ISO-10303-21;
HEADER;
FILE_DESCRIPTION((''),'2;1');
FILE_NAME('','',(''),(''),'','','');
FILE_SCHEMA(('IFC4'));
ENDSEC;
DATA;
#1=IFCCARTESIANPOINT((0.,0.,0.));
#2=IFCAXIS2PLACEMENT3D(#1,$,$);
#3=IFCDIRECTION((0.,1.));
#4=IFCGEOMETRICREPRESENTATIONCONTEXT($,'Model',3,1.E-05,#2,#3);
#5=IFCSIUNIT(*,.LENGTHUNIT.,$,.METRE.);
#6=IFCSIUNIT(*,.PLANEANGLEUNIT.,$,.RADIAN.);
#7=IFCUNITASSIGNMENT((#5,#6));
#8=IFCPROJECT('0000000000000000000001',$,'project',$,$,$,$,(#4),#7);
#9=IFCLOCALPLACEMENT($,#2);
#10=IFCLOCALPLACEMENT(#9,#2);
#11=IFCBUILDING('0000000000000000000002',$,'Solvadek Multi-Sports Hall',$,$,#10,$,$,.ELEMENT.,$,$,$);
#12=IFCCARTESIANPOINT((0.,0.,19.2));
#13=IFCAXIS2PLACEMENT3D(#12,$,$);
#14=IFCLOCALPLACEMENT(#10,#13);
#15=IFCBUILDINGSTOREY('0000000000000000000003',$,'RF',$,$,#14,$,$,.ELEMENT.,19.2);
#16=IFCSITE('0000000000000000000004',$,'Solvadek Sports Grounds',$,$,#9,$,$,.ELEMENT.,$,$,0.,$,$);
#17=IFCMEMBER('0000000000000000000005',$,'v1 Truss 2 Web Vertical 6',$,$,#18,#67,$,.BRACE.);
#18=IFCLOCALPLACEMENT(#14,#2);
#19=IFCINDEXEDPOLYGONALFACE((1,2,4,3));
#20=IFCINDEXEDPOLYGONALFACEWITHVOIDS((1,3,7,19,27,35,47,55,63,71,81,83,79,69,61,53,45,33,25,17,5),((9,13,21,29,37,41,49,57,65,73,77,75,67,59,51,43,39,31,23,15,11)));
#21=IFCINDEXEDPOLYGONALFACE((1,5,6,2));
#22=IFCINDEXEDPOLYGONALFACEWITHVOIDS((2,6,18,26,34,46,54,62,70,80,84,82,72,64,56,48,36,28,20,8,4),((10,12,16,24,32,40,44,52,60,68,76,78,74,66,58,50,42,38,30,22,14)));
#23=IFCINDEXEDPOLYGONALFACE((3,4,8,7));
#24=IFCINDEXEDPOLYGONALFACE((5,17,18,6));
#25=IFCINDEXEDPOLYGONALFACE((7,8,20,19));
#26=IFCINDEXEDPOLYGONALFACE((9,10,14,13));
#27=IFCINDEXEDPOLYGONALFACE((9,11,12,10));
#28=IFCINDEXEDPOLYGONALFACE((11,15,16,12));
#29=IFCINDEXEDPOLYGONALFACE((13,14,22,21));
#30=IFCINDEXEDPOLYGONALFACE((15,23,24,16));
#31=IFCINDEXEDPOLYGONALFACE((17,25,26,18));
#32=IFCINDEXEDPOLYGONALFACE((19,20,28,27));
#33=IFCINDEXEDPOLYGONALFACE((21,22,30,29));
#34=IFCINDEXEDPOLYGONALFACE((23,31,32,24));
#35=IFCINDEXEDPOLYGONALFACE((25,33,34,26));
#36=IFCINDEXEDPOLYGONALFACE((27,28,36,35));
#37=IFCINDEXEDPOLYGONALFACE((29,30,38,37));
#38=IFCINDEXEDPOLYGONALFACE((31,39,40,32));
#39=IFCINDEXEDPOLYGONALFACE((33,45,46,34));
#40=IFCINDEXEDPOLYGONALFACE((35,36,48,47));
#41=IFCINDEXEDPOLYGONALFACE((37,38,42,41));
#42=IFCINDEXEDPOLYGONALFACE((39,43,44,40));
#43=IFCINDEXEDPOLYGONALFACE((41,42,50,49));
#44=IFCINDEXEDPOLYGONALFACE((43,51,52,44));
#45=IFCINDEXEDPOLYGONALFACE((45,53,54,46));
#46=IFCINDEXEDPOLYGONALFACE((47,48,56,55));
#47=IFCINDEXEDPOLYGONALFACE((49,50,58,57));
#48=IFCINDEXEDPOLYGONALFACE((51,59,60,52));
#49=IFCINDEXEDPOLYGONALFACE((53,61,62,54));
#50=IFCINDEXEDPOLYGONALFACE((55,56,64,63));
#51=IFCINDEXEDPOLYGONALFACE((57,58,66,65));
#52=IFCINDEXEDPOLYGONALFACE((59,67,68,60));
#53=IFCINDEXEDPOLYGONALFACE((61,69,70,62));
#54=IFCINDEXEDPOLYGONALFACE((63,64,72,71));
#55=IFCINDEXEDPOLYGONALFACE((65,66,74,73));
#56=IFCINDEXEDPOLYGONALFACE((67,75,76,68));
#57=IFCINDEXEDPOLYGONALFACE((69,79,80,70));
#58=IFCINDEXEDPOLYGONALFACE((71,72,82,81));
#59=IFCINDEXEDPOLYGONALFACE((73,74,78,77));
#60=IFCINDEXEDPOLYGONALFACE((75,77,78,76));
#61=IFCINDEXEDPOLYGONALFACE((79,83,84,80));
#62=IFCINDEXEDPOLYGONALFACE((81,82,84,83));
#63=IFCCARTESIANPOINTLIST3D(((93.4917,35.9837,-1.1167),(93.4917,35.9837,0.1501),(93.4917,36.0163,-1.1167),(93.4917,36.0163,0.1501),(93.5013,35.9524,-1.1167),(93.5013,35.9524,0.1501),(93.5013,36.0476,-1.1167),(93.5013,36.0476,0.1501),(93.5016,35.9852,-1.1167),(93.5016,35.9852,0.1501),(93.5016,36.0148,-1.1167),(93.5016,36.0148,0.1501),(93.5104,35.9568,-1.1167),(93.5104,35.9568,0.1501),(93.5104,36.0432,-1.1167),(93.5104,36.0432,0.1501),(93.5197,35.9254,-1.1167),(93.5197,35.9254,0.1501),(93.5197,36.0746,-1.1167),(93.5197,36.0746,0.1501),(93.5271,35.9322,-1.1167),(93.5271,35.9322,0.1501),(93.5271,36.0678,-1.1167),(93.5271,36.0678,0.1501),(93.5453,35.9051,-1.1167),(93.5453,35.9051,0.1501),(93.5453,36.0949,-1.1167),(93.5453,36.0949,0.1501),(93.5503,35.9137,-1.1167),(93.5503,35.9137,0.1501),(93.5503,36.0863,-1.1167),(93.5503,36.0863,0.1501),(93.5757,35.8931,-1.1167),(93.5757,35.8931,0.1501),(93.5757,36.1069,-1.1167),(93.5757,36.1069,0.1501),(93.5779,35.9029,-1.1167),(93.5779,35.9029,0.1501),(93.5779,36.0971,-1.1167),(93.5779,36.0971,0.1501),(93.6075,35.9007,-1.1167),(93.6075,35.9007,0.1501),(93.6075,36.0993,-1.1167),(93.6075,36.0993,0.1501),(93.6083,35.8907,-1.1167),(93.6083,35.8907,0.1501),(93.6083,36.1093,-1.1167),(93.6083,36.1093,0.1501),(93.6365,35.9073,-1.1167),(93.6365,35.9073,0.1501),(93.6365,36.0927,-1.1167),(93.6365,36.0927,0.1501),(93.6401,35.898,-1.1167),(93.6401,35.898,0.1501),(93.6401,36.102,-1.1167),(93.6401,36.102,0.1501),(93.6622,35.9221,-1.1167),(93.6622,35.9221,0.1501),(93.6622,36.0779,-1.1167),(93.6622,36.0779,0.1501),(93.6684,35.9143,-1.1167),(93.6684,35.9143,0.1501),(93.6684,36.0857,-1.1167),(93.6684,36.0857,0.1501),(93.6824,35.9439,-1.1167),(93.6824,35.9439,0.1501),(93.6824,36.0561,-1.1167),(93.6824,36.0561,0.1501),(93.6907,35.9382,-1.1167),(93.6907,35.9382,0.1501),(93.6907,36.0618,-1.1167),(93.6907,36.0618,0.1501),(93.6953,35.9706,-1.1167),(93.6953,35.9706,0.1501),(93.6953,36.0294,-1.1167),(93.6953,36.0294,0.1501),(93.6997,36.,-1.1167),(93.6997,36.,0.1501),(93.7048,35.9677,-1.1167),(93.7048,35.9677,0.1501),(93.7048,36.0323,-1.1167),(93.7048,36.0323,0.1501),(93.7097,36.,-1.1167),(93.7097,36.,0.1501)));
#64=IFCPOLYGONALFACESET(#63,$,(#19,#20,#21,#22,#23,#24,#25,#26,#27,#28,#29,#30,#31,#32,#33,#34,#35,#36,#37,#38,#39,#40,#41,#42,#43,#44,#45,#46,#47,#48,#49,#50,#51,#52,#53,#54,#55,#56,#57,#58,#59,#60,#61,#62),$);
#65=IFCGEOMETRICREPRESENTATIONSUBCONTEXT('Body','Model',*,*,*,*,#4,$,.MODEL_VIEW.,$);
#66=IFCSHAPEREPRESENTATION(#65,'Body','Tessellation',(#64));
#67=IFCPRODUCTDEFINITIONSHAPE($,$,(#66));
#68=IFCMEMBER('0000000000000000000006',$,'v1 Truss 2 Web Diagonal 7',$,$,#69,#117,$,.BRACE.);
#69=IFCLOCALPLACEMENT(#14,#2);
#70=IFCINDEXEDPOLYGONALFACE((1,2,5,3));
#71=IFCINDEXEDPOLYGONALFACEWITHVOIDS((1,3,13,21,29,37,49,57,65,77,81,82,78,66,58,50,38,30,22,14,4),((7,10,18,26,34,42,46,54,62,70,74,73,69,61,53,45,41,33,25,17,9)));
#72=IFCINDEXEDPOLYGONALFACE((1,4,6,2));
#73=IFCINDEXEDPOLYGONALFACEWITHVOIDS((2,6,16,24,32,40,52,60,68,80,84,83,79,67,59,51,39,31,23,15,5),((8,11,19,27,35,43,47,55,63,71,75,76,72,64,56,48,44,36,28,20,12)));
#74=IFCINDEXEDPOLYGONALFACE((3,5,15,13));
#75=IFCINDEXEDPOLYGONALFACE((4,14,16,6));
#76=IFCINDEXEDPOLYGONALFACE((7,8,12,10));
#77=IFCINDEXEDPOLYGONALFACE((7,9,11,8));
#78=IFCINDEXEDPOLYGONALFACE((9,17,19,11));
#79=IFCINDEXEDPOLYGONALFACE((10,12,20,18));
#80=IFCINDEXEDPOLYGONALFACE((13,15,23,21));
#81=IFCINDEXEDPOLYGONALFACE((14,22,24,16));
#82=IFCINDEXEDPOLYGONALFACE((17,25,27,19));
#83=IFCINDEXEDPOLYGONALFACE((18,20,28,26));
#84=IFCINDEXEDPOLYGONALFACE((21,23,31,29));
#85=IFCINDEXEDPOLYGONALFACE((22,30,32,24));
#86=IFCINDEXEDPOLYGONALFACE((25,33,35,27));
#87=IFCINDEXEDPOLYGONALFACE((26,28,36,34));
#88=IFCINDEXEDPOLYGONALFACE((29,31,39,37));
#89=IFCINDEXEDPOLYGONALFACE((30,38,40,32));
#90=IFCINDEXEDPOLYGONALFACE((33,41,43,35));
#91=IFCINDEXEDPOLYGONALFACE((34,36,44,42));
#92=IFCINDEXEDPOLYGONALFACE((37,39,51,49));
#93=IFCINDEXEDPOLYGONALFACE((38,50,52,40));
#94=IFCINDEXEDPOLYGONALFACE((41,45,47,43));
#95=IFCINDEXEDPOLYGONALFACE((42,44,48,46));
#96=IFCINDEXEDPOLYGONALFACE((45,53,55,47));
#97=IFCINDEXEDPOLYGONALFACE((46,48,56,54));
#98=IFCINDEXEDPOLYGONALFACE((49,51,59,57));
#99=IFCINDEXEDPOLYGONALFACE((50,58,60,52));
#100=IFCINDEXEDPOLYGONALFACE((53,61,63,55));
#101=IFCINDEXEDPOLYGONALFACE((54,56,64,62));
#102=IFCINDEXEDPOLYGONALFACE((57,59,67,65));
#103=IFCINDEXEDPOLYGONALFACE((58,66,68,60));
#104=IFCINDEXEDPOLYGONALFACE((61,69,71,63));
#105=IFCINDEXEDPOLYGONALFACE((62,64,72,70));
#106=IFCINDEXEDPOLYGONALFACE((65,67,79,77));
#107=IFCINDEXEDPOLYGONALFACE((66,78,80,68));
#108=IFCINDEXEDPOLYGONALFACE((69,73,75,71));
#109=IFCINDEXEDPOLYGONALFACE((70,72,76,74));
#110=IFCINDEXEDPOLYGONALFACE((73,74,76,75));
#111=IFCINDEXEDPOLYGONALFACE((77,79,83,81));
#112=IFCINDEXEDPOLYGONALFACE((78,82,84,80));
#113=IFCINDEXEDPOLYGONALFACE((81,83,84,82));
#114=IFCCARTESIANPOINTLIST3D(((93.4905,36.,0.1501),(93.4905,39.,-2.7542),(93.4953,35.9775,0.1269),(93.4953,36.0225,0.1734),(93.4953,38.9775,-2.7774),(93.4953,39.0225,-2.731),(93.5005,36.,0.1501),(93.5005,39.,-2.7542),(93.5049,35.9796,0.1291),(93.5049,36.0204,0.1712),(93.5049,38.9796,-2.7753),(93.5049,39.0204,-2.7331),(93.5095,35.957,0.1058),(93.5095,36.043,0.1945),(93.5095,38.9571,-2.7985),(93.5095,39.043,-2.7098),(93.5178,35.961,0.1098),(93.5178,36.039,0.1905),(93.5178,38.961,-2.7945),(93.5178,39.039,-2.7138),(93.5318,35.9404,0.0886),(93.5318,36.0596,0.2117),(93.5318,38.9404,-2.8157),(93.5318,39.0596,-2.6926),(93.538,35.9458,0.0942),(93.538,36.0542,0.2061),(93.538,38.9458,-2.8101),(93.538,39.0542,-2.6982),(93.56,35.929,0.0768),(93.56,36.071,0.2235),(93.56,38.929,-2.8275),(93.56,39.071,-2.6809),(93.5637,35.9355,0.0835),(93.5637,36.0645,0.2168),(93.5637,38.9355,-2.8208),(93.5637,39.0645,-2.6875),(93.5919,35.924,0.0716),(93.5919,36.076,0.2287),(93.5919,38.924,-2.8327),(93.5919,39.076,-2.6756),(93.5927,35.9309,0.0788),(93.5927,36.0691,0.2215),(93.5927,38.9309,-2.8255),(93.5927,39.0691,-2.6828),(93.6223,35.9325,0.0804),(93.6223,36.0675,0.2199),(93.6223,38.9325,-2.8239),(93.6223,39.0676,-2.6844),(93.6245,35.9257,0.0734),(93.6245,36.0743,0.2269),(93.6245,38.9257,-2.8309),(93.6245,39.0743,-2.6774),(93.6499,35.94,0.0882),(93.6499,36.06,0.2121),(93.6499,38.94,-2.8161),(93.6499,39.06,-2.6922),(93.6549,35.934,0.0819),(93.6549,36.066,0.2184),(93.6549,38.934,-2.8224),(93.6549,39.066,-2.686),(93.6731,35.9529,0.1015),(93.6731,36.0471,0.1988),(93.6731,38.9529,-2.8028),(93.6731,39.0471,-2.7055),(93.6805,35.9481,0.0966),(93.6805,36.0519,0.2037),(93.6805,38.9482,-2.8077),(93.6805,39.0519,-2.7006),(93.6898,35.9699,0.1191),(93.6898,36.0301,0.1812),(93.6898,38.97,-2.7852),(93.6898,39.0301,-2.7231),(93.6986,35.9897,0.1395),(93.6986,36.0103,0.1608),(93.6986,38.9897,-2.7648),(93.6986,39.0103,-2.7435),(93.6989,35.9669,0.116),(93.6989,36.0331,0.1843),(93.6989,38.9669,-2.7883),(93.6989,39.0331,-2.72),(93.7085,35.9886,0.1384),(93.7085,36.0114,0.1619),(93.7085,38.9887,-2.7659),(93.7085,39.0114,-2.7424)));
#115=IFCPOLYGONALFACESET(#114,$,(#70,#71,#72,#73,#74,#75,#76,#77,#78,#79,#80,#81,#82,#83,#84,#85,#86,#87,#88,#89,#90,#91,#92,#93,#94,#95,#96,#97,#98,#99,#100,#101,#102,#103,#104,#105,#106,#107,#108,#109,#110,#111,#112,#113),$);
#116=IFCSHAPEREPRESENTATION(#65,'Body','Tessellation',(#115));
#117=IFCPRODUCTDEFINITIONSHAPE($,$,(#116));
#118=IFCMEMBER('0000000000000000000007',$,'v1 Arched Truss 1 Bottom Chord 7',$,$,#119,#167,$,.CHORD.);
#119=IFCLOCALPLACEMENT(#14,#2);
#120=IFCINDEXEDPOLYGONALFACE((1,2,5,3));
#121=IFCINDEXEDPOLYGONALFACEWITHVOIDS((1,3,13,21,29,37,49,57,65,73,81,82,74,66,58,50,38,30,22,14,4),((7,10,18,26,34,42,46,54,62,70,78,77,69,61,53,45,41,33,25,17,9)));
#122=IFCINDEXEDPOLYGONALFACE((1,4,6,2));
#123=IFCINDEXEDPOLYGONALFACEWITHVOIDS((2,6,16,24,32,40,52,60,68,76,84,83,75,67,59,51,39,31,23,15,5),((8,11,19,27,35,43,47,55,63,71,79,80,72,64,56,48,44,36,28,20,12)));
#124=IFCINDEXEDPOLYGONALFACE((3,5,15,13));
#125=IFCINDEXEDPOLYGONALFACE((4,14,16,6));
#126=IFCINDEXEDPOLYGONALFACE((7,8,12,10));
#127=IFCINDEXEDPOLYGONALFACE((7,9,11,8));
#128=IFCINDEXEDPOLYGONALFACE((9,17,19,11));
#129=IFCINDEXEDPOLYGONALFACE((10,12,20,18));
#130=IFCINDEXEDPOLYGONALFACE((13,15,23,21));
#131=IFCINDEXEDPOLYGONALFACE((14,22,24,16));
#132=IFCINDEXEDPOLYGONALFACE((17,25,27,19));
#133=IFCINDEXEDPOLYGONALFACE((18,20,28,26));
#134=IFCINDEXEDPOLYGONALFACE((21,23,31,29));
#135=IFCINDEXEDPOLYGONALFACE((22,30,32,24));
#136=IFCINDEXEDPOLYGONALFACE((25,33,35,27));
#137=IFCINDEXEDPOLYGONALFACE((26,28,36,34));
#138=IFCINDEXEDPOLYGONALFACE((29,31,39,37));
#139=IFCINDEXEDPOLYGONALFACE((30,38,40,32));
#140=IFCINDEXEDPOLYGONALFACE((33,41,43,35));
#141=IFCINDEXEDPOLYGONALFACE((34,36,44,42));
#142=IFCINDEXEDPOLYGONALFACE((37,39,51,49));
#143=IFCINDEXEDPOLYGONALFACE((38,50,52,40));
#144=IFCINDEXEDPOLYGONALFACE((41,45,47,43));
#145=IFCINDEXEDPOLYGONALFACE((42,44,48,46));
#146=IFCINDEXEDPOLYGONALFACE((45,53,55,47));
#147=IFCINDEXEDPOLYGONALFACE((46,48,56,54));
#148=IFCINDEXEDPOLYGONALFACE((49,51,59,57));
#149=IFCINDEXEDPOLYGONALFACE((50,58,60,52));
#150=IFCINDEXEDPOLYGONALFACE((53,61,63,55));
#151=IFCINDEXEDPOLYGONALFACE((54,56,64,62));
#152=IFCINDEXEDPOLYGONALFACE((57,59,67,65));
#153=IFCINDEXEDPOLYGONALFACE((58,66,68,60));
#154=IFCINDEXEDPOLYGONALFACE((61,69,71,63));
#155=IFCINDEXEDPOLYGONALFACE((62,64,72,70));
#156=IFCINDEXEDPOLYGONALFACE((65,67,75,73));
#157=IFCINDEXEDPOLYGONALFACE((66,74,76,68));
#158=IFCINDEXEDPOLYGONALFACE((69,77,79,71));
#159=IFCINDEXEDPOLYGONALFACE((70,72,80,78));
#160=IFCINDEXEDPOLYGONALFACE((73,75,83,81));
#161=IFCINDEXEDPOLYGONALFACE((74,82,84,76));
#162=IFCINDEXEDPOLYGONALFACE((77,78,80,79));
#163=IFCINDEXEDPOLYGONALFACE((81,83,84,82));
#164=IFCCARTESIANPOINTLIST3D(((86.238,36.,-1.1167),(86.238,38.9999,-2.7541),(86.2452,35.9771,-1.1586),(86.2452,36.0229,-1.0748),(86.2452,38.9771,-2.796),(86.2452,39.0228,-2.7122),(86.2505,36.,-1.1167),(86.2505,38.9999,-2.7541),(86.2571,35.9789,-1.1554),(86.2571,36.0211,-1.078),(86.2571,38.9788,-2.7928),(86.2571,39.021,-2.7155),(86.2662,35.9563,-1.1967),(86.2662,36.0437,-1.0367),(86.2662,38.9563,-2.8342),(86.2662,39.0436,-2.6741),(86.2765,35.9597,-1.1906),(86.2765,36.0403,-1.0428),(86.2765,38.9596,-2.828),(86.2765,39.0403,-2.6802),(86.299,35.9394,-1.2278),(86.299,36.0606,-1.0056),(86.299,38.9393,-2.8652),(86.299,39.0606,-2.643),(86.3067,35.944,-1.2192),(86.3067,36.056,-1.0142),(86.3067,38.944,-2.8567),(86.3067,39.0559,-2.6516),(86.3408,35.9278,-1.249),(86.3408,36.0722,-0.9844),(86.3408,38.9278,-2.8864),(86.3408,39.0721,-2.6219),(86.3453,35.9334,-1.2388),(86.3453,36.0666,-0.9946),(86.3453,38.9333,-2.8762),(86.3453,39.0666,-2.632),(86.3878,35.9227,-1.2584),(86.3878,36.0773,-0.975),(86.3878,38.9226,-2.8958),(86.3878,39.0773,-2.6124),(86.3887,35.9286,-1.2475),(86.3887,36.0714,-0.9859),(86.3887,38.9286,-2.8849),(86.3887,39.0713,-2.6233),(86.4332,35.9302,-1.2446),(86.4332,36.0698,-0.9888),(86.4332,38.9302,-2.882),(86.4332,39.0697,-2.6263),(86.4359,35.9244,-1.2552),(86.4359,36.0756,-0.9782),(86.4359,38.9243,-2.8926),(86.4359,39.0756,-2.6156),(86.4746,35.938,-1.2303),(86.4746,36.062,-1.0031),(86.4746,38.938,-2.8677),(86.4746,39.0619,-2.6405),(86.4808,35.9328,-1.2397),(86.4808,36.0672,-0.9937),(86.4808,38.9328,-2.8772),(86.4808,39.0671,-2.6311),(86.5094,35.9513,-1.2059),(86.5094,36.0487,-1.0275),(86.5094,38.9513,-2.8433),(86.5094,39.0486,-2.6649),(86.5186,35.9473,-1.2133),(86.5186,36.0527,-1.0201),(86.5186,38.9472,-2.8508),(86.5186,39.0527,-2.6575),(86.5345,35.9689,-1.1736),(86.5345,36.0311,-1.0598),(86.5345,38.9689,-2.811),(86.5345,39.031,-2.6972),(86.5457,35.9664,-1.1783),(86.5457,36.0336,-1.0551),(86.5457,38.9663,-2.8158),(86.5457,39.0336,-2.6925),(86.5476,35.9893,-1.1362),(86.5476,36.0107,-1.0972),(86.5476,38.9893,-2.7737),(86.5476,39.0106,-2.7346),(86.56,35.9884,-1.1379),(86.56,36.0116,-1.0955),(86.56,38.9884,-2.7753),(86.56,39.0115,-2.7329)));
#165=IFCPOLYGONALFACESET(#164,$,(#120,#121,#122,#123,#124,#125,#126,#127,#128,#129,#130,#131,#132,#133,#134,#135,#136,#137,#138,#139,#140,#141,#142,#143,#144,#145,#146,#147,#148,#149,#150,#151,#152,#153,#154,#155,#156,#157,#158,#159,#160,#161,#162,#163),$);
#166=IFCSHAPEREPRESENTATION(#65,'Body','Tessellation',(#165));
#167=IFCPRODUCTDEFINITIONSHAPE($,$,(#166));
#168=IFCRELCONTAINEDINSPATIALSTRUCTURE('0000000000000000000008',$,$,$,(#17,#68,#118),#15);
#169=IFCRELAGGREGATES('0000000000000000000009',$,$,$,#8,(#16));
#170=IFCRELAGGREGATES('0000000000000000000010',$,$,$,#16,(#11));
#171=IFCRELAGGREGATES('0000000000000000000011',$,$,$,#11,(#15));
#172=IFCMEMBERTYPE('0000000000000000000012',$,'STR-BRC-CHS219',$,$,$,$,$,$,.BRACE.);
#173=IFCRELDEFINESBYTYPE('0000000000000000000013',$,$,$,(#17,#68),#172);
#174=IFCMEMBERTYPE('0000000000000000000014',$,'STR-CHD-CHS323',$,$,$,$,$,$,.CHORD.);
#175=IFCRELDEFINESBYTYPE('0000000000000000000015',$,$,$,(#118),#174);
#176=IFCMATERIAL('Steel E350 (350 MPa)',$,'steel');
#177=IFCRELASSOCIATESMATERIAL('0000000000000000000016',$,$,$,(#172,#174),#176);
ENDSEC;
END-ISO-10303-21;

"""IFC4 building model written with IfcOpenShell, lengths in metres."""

from ifc_helpers import new_model, si_unit, direction, frame, origin, origin_2d, place, context, subcontext, project, spatial, hollow_circle, extrude, material, material_profile, profile_set, type_object, element, save


model = new_model("IFC4")

# Units and contexts
model_context = context("Model", 3, precision=1e-05, world=origin(), true_north=direction((0.0, 1.0)))
body_context = subcontext(model_context, "Body", "Model", "MODEL_VIEW")
ifc_project = project(units=[si_unit("LENGTHUNIT", "METRE"), si_unit("PLANEANGLEUNIT", "RADIAN")], contexts=[model_context])

# Site, building, storey
site_placement = place(None, origin())
site = spatial("IfcSite", under=ifc_project, at=site_placement, Name="Solvadek Sports Grounds", CompositionType="ELEMENT", RefElevation=0.0)
building_placement = place(site_placement, origin())
building = spatial("IfcBuilding", under=site, at=building_placement, Name="Solvadek Multi-Sports Hall", CompositionType="ELEMENT")
storey_placement = place(building_placement, frame((0.0, 0.0, 19.2)))
storey = spatial("IfcBuildingStorey", under=building, at=storey_placement, Name="RF", CompositionType="ELEMENT", Elevation=19.2)

# Shared definitions
ifc_material_1 = material(Name="Steel E350 (350 MPa)", Category="steel")

# Members
ifc_material_profile_1 = material_profile(ifc_material_1, hollow_circle(Radius=0.1096, WallThickness=0.01, at=origin_2d()), Name="CHS 219.1x10")
ifc_profile_set_1 = profile_set([ifc_material_profile_1], Name="Steel E350 (350 MPa)")
member_type_1 = type_object("IfcMemberType", Name="STR-BRC-CHS219", PredefinedType="BRACE", material=ifc_profile_set_1)
member_1_placement = place(storey_placement, frame((93.6001, 36.0, -1.1167), z_axis=(0.0, 0.0, 1.0), x_axis=(1.0, 0.0, 0.0)))
element("IfcMember", 1, at=member_1_placement, inside=storey, type_object=member_type_1, Name="v1 Truss 2 Web Vertical 6", PredefinedType="BRACE", context=body_context, shape_type="SweptSolid", body=[
    extrude(hollow_circle(Radius=0.1096, WallThickness=0.01, at=origin_2d()), origin(), (0.0, 0.0, 1.0), 1.2668),
])
member_2_placement = place(storey_placement, frame((93.6001, 36.0, 0.1501), z_axis=(0.0, 0.718474, -0.695554), x_axis=(-1.0, 0.0, 0.0)))
element("IfcMember", 2, at=member_2_placement, inside=storey, type_object=member_type_1, Name="v1 Truss 2 Web Diagonal 7", PredefinedType="BRACE", context=body_context, shape_type="SweptSolid", body=[
    extrude(hollow_circle(Radius=0.1096, WallThickness=0.01, at=origin_2d()), origin(), (0.0, 0.0, 1.0), 4.1755),
])
ifc_material_profile_2 = material_profile(ifc_material_1, hollow_circle(Radius=0.1619, WallThickness=0.0125, at=origin_2d()), Name="CHS 323.9x12.5")
ifc_profile_set_2 = profile_set([ifc_material_profile_2], Name="Steel E350 (350 MPa)")
member_type_2 = type_object("IfcMemberType", Name="STR-CHD-CHS323", PredefinedType="CHORD", material=ifc_profile_set_2)
member_3_placement = place(storey_placement, frame((86.3999, 36.0, -1.1167), z_axis=(0.0, 0.877762, -0.479097), x_axis=(-1.0, 0.0, 0.0)))
element("IfcMember", 3, at=member_3_placement, inside=storey, type_object=member_type_2, Name="v1 Arched Truss 1 Bottom Chord 7", PredefinedType="CHORD", context=body_context, shape_type="SweptSolid", body=[
    extrude(hollow_circle(Radius=0.1619, WallThickness=0.0125, at=origin_2d()), origin(), (0.0, 0.0, 1.0), 3.4177),
])

save(model, "model.ifc")
